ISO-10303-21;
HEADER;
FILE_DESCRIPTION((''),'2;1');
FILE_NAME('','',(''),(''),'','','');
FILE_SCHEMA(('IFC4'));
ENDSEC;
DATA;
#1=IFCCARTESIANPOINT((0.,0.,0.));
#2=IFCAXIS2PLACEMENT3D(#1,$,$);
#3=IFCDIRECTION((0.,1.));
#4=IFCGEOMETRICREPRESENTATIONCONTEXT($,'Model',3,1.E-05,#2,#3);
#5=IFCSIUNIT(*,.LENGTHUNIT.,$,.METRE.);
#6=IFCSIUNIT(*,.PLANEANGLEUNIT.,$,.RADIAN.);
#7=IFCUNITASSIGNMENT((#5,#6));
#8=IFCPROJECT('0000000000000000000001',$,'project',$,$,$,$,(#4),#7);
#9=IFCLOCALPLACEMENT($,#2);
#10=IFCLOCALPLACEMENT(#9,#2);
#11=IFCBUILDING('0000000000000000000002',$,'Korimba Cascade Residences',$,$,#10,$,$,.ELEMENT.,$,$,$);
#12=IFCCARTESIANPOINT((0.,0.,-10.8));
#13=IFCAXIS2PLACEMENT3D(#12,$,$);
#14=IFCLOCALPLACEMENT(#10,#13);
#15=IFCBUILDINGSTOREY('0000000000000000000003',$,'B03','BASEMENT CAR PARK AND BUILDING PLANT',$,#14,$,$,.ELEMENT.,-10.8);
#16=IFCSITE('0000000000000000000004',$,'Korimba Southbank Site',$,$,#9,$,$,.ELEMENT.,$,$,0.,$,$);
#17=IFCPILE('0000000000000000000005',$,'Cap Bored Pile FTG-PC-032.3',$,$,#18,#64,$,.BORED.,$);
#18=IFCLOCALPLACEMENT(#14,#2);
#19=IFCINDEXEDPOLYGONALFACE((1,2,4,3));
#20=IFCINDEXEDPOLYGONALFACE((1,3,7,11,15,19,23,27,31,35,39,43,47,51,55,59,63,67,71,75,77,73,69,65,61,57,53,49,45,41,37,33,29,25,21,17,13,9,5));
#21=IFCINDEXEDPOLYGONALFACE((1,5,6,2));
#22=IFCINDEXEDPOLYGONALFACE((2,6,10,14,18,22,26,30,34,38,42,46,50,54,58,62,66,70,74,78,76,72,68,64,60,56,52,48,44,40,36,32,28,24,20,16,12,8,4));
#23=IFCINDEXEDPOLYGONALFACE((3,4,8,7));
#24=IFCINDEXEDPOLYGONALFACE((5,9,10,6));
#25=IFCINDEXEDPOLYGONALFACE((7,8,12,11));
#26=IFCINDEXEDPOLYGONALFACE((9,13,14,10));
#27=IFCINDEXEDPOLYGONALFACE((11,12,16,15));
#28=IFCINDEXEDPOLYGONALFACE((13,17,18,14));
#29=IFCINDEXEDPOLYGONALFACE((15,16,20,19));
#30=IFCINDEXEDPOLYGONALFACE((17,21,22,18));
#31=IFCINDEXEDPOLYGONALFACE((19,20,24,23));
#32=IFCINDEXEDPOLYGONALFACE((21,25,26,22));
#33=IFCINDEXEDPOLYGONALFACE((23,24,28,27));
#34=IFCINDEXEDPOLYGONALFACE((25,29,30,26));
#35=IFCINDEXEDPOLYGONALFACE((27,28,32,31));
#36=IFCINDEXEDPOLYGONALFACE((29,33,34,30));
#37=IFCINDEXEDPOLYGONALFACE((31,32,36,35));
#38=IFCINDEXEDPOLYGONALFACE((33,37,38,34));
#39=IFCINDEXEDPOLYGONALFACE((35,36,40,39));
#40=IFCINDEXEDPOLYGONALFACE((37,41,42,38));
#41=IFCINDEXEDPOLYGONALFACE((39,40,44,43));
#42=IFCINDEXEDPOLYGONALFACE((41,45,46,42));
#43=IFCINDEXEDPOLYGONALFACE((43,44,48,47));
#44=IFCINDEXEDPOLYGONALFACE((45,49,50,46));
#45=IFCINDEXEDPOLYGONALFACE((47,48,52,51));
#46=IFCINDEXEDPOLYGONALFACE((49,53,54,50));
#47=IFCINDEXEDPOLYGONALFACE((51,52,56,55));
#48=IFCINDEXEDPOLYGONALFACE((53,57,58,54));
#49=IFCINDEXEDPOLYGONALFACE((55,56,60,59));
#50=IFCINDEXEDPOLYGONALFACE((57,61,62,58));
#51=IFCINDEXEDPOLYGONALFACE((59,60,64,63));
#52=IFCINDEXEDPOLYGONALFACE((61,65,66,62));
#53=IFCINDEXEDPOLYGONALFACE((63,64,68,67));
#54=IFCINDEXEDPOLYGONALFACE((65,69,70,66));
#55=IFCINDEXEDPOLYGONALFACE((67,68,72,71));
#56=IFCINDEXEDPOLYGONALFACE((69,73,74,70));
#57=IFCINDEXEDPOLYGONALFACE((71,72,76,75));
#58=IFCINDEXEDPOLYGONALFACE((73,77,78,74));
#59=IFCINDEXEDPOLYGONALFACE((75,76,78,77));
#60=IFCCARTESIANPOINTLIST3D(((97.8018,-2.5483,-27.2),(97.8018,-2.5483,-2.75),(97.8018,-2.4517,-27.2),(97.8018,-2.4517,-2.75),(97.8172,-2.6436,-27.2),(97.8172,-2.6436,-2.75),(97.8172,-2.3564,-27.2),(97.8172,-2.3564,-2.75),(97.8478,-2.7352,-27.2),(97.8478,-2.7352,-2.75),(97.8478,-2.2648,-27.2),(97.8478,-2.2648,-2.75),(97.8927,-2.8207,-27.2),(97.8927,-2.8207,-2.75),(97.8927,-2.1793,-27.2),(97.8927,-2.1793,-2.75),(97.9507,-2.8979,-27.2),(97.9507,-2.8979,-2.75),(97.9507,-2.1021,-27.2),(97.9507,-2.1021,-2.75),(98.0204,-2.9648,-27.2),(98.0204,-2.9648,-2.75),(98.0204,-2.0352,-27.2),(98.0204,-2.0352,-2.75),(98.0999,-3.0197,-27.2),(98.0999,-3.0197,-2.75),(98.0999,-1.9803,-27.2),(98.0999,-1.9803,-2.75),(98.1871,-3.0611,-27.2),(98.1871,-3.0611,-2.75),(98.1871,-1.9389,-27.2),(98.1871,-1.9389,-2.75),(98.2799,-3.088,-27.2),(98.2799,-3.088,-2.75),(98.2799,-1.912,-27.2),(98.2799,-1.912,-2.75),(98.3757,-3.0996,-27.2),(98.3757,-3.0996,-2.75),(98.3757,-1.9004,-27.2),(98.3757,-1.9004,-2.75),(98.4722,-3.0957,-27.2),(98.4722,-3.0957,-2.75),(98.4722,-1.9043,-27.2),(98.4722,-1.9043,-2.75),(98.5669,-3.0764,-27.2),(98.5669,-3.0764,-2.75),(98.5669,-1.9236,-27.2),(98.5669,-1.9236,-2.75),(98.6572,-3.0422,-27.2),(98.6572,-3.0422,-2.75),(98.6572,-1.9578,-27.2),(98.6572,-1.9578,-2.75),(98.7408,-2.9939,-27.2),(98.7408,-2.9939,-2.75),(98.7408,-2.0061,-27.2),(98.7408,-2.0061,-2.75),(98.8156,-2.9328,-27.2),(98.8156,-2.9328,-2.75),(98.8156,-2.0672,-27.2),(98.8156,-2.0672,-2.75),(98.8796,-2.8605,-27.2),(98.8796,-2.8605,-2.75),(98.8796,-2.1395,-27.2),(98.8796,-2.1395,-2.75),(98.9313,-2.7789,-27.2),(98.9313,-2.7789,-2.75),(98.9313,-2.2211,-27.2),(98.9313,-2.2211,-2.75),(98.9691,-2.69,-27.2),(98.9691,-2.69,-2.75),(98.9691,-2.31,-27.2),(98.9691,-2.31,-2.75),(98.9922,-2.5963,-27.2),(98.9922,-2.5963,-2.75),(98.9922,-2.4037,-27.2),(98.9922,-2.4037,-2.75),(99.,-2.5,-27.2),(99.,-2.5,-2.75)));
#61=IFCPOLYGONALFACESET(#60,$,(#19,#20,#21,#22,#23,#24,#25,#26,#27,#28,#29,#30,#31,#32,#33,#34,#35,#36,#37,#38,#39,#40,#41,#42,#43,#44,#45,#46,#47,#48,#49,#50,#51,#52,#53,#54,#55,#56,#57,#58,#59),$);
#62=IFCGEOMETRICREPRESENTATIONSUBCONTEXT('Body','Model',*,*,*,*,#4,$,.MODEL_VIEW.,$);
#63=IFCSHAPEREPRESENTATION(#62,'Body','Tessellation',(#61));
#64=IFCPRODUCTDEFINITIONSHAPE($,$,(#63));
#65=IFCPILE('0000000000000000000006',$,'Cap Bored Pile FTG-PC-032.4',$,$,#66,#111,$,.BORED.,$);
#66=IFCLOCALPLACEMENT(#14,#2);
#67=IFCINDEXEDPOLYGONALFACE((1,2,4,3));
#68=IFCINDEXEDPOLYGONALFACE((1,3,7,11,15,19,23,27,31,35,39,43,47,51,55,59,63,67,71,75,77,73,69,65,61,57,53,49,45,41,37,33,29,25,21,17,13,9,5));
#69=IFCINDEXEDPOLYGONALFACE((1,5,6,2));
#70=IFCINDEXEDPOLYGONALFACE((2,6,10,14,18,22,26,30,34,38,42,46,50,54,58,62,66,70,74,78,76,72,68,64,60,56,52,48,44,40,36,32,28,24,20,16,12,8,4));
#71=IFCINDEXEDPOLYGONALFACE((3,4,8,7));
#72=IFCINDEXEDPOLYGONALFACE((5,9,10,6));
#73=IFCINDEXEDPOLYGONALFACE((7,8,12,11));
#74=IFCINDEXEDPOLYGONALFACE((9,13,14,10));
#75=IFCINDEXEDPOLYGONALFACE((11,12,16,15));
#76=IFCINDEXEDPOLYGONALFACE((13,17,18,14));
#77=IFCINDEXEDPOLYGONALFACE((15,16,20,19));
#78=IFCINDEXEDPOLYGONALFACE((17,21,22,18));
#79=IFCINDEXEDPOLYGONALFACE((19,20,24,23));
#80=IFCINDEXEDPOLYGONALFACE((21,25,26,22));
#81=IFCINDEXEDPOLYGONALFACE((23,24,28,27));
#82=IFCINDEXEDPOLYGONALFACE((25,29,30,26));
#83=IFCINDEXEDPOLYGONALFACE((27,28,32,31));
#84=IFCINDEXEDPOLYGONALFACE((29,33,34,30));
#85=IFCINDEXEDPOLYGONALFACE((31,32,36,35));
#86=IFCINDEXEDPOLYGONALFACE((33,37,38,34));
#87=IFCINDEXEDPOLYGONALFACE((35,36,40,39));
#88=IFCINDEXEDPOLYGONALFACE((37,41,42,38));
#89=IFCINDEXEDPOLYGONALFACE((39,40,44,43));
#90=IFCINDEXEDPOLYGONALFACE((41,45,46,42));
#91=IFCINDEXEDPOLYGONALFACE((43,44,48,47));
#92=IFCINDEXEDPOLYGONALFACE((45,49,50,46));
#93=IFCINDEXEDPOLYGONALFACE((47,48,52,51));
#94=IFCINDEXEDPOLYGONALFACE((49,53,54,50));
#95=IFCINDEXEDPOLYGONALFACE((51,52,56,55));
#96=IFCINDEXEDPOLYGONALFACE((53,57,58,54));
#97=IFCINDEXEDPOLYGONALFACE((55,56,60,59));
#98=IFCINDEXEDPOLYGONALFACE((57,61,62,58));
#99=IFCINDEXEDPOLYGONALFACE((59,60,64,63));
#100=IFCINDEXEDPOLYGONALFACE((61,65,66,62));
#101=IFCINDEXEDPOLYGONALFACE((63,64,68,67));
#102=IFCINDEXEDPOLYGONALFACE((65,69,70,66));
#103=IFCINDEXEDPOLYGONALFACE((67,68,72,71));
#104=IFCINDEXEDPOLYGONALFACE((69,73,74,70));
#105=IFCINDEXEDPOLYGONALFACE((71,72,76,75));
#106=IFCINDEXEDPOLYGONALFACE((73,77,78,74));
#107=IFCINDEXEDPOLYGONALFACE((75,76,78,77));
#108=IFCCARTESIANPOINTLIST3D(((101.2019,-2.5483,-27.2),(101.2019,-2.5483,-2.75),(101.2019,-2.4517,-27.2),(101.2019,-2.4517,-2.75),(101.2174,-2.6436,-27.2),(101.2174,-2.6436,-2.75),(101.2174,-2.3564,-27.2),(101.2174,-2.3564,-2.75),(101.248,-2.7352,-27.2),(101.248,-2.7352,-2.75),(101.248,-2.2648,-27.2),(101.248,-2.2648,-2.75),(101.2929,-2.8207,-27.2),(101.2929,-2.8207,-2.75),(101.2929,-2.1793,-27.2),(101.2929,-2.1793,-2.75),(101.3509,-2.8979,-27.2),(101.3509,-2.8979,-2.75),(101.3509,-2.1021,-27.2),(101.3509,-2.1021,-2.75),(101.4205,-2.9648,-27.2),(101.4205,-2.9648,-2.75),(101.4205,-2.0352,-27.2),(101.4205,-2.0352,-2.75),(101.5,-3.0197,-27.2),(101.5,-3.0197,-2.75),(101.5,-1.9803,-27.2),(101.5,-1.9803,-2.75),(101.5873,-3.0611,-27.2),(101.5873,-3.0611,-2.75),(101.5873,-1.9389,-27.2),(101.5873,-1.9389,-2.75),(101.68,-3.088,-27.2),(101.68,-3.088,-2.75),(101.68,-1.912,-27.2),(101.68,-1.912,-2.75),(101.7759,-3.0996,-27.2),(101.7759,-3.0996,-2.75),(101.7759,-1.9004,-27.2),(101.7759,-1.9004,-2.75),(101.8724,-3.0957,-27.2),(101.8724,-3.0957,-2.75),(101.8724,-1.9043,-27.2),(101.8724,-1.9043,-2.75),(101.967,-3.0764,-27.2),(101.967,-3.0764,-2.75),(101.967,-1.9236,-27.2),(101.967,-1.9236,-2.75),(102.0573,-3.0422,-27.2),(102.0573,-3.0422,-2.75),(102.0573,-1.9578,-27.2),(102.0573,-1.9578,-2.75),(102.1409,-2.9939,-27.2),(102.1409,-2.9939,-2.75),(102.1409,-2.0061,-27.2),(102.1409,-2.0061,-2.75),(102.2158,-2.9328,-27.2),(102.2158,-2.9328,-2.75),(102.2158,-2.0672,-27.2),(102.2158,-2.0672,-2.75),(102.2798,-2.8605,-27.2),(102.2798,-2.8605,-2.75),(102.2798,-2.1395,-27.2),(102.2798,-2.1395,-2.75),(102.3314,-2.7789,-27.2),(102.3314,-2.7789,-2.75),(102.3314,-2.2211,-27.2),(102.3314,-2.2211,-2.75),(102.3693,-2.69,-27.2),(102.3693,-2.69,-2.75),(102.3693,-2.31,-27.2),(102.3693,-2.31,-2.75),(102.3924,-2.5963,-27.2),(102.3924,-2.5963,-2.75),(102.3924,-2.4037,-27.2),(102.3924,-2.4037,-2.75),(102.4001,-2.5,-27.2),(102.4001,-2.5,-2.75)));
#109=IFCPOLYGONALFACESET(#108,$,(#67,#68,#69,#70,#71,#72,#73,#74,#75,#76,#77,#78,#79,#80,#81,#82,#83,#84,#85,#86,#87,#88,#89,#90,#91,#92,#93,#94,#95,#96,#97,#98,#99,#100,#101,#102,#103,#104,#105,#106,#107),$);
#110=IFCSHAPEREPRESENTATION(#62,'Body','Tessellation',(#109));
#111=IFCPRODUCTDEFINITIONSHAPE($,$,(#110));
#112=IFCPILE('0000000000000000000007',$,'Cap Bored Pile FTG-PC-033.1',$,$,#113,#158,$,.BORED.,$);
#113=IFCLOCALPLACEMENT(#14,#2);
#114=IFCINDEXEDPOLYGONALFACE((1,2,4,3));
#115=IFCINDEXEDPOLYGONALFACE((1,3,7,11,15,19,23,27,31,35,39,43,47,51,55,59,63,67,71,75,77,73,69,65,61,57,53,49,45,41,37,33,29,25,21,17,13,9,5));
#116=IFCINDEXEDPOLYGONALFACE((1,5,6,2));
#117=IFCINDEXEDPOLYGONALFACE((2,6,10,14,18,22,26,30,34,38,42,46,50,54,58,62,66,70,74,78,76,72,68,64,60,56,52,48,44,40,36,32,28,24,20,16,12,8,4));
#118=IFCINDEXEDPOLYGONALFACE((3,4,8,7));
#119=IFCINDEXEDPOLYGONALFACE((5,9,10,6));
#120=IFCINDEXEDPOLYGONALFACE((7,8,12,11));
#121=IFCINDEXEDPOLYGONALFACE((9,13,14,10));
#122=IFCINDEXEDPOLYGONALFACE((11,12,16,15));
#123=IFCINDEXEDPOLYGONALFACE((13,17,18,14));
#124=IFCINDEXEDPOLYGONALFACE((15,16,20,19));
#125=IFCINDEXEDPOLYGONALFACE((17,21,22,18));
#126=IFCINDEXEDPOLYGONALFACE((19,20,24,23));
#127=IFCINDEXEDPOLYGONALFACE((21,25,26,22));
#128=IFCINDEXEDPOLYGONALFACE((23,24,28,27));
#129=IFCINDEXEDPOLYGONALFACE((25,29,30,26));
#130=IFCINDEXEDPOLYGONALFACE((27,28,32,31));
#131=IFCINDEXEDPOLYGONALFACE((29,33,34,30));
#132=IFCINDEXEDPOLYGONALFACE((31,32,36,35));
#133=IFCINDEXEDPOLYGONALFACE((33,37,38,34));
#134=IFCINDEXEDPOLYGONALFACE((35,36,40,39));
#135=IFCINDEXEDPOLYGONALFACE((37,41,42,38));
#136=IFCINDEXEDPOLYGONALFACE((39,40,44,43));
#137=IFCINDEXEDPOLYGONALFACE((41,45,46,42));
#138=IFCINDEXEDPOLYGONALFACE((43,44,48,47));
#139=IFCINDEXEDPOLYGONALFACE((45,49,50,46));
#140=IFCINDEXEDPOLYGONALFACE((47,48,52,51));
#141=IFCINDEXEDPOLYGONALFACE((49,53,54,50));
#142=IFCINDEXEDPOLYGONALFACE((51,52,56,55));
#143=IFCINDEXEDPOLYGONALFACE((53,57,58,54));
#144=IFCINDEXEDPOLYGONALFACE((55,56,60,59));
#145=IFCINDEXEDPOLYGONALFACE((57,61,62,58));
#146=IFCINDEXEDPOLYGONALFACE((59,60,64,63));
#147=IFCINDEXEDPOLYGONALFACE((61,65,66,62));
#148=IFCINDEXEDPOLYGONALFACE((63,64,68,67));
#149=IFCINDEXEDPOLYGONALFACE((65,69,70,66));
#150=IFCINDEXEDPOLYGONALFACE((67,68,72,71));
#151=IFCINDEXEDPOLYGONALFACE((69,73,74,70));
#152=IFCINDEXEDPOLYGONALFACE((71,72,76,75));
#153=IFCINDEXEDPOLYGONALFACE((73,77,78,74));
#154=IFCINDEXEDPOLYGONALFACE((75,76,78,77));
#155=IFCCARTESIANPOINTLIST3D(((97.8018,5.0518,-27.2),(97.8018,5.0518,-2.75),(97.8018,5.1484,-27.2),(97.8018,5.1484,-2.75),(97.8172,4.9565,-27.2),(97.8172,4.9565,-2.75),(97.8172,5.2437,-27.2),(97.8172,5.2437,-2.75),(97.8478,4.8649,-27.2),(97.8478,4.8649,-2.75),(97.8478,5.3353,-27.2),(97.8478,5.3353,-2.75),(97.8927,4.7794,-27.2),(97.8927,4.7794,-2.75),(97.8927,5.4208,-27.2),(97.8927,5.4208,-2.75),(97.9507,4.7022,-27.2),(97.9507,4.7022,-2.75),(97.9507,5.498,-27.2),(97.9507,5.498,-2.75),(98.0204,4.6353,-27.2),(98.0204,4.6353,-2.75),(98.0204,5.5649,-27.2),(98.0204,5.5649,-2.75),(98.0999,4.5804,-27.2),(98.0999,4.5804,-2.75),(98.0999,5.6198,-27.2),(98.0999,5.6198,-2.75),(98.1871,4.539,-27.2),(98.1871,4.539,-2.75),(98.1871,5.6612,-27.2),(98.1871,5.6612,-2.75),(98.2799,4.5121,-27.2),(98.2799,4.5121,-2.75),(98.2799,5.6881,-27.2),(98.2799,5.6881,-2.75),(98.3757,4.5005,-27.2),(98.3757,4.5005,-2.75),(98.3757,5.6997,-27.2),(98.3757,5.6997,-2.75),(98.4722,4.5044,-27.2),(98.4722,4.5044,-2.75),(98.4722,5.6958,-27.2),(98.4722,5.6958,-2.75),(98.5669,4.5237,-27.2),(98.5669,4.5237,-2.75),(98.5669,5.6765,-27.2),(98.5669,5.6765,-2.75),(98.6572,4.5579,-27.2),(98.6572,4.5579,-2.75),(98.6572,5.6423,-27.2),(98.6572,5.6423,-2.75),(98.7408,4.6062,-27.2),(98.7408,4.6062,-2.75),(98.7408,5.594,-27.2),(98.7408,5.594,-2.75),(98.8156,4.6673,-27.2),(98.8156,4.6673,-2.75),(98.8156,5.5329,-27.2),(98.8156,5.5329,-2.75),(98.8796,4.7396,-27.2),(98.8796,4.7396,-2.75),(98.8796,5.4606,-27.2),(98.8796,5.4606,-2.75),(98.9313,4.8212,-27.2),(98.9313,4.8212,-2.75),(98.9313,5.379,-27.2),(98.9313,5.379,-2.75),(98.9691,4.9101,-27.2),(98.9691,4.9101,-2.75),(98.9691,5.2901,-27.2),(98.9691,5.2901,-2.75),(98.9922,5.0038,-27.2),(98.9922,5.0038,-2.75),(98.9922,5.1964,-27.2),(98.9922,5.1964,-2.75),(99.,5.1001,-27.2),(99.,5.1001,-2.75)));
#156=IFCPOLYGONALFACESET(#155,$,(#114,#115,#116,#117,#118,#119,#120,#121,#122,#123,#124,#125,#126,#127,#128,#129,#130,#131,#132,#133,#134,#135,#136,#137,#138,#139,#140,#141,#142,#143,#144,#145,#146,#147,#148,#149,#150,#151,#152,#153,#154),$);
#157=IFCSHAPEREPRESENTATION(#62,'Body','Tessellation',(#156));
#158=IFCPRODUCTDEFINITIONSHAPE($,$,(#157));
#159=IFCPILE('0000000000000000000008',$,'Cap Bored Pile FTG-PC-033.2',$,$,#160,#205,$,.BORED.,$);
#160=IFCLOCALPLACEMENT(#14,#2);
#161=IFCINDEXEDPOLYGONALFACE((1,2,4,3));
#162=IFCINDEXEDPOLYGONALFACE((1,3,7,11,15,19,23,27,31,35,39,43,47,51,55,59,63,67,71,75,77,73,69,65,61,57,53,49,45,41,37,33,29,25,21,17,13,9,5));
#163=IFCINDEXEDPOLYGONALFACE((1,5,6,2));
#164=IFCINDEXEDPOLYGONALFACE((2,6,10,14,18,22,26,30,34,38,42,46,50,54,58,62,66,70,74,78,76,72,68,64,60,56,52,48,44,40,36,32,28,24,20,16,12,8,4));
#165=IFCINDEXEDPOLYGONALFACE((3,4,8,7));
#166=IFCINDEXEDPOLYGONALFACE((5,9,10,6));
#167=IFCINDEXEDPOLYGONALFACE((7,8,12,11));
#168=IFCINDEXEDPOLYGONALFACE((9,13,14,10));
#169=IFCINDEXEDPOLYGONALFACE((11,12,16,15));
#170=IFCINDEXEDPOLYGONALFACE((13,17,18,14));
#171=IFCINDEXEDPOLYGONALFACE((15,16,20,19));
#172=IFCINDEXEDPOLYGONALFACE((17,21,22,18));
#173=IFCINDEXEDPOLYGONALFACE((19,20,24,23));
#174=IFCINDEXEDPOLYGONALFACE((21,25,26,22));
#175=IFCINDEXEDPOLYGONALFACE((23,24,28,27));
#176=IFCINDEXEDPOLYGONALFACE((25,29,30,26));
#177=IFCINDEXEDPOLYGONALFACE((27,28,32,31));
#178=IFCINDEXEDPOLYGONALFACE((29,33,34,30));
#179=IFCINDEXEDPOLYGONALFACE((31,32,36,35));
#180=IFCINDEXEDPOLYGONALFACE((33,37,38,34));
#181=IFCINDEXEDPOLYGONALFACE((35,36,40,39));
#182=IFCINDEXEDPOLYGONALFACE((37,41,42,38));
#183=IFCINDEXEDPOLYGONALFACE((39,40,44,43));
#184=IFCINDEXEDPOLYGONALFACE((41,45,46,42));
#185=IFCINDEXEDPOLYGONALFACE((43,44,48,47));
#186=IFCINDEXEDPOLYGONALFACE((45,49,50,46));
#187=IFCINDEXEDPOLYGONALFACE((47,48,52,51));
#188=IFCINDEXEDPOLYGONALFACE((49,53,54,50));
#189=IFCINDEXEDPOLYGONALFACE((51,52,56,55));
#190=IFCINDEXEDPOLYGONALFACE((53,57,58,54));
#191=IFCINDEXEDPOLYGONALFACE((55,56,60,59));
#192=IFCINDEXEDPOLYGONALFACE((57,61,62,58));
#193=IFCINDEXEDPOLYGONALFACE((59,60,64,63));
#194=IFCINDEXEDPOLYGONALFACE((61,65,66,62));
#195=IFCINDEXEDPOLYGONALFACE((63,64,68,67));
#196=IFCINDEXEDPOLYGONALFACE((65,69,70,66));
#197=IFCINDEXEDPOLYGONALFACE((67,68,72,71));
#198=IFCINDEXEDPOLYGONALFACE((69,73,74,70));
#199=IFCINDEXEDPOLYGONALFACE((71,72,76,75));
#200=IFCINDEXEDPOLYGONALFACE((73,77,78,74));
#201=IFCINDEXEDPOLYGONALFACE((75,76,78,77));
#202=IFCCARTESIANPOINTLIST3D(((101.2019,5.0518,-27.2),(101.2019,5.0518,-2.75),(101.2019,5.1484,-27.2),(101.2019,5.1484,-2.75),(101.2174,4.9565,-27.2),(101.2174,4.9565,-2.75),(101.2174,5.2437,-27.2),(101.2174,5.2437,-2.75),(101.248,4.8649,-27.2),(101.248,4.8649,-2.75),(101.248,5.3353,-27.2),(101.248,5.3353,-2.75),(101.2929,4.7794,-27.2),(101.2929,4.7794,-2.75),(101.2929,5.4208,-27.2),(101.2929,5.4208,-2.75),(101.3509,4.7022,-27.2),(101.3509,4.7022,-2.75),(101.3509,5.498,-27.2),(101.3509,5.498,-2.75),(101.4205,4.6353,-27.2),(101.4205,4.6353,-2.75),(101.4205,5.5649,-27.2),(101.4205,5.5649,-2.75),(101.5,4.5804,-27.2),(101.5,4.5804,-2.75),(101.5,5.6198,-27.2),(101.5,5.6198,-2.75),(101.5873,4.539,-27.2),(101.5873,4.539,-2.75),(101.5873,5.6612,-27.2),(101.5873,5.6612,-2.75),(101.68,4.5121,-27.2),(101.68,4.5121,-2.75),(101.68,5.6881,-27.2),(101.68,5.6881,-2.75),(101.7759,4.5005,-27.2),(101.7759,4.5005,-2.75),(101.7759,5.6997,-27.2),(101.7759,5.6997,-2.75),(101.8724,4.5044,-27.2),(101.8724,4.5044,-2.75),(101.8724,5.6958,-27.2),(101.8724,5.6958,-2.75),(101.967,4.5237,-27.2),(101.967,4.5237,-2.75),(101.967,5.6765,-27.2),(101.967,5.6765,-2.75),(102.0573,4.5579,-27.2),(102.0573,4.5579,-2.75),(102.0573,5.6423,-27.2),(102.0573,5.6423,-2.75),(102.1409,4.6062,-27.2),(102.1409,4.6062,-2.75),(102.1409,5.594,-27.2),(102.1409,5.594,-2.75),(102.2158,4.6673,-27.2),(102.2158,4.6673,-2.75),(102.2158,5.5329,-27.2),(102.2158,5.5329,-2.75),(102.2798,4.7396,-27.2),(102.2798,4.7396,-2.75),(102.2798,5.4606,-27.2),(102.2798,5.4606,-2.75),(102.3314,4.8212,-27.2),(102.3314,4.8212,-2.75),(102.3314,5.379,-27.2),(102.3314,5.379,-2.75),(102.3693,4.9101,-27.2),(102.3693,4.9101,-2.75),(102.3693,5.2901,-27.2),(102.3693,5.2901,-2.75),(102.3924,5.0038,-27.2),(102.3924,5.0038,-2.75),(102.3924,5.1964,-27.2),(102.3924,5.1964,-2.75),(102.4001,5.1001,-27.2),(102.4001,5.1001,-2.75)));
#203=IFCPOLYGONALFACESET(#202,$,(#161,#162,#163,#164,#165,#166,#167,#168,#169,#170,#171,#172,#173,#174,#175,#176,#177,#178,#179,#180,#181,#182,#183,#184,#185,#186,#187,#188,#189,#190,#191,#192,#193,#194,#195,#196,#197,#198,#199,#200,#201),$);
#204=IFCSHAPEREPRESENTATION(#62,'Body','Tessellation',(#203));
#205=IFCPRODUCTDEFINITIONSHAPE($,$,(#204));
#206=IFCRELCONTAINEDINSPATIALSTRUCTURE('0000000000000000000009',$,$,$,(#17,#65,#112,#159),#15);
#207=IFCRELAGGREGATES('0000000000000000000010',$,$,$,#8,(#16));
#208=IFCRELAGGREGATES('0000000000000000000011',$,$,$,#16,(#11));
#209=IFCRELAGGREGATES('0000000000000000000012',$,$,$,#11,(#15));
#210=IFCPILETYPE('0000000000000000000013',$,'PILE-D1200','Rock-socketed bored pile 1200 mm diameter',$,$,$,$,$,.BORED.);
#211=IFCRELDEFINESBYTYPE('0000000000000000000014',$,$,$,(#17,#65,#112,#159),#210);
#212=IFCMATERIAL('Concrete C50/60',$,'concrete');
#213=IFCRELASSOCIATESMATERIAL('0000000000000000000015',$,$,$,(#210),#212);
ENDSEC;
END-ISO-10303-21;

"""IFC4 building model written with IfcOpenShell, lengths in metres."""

from ifc_helpers import new_model, si_unit, direction, frame, origin, origin_2d, place, context, subcontext, project, spatial, circle, extrude, material, material_profile, profile_set, type_object, element, save


model = new_model("IFC4")

# Units and contexts
model_context = context("Model", 3, precision=1e-05, world=origin(), true_north=direction((0.0, 1.0)))
body_context = subcontext(model_context, "Body", "Model", "MODEL_VIEW")
ifc_project = project(units=[si_unit("LENGTHUNIT", "METRE"), si_unit("PLANEANGLEUNIT", "RADIAN")], contexts=[model_context])

# Site, building, storey
site_placement = place(None, origin())
site = spatial("IfcSite", under=ifc_project, at=site_placement, Name="Korimba Southbank Site", CompositionType="ELEMENT", RefElevation=0.0)
building_placement = place(site_placement, origin())
building = spatial("IfcBuilding", under=site, at=building_placement, Name="Korimba Cascade Residences", CompositionType="ELEMENT")
storey_placement = place(building_placement, frame((0.0, 0.0, -10.8)))
storey = spatial("IfcBuildingStorey", under=building, at=storey_placement, Name="B03", Description="BASEMENT CAR PARK AND BUILDING PLANT", CompositionType="ELEMENT", Elevation=-10.8)

# Piles
ifc_material_1 = material(Name="Concrete C50/60", Category="concrete")
ifc_material_profile_1 = material_profile(ifc_material_1, circle(Radius=0.6001, at=origin_2d()), Name="Concrete C50/60")
ifc_profile_set_1 = profile_set([ifc_material_profile_1], Name="Concrete C50/60")
pile_type = type_object("IfcPileType", Name="PILE-D1200", Description="Rock-socketed bored pile 1200 mm diameter", PredefinedType="BORED", material=ifc_profile_set_1)
for number, where, z_axis, x_axis, name in (
    (1, (98.3999, -2.5, -2.75), (0.0, 0.0, -1.0), (1.0, 0.0, 0.0), "Cap Bored Pile FTG-PC-032.3"),
    (2, (101.8, -2.5, -2.75), (0.0, 0.0, -1.0), (1.0, 0.0, 0.0), "Cap Bored Pile FTG-PC-032.4"),
    (3, (98.3999, 5.1001, -2.75), (0.0, 0.0, -1.0), (1.0, 0.0, 0.0), "Cap Bored Pile FTG-PC-033.1"),
    (4, (101.8, 5.1001, -2.75), (0.0, 0.0, -1.0), (1.0, 0.0, 0.0), "Cap Bored Pile FTG-PC-033.2"),
):
    element("IfcPile", number, at=place(storey_placement, frame(where, z_axis=z_axis, x_axis=x_axis)), inside=storey, type_object=pile_type, Name=name, PredefinedType="BORED", context=body_context, shape_type="SweptSolid", body=[
        extrude(circle(Radius=0.6001, at=origin_2d()), origin(), (0.0, 0.0, 1.0), 24.45),
    ])

save(model, "model.ifc")
